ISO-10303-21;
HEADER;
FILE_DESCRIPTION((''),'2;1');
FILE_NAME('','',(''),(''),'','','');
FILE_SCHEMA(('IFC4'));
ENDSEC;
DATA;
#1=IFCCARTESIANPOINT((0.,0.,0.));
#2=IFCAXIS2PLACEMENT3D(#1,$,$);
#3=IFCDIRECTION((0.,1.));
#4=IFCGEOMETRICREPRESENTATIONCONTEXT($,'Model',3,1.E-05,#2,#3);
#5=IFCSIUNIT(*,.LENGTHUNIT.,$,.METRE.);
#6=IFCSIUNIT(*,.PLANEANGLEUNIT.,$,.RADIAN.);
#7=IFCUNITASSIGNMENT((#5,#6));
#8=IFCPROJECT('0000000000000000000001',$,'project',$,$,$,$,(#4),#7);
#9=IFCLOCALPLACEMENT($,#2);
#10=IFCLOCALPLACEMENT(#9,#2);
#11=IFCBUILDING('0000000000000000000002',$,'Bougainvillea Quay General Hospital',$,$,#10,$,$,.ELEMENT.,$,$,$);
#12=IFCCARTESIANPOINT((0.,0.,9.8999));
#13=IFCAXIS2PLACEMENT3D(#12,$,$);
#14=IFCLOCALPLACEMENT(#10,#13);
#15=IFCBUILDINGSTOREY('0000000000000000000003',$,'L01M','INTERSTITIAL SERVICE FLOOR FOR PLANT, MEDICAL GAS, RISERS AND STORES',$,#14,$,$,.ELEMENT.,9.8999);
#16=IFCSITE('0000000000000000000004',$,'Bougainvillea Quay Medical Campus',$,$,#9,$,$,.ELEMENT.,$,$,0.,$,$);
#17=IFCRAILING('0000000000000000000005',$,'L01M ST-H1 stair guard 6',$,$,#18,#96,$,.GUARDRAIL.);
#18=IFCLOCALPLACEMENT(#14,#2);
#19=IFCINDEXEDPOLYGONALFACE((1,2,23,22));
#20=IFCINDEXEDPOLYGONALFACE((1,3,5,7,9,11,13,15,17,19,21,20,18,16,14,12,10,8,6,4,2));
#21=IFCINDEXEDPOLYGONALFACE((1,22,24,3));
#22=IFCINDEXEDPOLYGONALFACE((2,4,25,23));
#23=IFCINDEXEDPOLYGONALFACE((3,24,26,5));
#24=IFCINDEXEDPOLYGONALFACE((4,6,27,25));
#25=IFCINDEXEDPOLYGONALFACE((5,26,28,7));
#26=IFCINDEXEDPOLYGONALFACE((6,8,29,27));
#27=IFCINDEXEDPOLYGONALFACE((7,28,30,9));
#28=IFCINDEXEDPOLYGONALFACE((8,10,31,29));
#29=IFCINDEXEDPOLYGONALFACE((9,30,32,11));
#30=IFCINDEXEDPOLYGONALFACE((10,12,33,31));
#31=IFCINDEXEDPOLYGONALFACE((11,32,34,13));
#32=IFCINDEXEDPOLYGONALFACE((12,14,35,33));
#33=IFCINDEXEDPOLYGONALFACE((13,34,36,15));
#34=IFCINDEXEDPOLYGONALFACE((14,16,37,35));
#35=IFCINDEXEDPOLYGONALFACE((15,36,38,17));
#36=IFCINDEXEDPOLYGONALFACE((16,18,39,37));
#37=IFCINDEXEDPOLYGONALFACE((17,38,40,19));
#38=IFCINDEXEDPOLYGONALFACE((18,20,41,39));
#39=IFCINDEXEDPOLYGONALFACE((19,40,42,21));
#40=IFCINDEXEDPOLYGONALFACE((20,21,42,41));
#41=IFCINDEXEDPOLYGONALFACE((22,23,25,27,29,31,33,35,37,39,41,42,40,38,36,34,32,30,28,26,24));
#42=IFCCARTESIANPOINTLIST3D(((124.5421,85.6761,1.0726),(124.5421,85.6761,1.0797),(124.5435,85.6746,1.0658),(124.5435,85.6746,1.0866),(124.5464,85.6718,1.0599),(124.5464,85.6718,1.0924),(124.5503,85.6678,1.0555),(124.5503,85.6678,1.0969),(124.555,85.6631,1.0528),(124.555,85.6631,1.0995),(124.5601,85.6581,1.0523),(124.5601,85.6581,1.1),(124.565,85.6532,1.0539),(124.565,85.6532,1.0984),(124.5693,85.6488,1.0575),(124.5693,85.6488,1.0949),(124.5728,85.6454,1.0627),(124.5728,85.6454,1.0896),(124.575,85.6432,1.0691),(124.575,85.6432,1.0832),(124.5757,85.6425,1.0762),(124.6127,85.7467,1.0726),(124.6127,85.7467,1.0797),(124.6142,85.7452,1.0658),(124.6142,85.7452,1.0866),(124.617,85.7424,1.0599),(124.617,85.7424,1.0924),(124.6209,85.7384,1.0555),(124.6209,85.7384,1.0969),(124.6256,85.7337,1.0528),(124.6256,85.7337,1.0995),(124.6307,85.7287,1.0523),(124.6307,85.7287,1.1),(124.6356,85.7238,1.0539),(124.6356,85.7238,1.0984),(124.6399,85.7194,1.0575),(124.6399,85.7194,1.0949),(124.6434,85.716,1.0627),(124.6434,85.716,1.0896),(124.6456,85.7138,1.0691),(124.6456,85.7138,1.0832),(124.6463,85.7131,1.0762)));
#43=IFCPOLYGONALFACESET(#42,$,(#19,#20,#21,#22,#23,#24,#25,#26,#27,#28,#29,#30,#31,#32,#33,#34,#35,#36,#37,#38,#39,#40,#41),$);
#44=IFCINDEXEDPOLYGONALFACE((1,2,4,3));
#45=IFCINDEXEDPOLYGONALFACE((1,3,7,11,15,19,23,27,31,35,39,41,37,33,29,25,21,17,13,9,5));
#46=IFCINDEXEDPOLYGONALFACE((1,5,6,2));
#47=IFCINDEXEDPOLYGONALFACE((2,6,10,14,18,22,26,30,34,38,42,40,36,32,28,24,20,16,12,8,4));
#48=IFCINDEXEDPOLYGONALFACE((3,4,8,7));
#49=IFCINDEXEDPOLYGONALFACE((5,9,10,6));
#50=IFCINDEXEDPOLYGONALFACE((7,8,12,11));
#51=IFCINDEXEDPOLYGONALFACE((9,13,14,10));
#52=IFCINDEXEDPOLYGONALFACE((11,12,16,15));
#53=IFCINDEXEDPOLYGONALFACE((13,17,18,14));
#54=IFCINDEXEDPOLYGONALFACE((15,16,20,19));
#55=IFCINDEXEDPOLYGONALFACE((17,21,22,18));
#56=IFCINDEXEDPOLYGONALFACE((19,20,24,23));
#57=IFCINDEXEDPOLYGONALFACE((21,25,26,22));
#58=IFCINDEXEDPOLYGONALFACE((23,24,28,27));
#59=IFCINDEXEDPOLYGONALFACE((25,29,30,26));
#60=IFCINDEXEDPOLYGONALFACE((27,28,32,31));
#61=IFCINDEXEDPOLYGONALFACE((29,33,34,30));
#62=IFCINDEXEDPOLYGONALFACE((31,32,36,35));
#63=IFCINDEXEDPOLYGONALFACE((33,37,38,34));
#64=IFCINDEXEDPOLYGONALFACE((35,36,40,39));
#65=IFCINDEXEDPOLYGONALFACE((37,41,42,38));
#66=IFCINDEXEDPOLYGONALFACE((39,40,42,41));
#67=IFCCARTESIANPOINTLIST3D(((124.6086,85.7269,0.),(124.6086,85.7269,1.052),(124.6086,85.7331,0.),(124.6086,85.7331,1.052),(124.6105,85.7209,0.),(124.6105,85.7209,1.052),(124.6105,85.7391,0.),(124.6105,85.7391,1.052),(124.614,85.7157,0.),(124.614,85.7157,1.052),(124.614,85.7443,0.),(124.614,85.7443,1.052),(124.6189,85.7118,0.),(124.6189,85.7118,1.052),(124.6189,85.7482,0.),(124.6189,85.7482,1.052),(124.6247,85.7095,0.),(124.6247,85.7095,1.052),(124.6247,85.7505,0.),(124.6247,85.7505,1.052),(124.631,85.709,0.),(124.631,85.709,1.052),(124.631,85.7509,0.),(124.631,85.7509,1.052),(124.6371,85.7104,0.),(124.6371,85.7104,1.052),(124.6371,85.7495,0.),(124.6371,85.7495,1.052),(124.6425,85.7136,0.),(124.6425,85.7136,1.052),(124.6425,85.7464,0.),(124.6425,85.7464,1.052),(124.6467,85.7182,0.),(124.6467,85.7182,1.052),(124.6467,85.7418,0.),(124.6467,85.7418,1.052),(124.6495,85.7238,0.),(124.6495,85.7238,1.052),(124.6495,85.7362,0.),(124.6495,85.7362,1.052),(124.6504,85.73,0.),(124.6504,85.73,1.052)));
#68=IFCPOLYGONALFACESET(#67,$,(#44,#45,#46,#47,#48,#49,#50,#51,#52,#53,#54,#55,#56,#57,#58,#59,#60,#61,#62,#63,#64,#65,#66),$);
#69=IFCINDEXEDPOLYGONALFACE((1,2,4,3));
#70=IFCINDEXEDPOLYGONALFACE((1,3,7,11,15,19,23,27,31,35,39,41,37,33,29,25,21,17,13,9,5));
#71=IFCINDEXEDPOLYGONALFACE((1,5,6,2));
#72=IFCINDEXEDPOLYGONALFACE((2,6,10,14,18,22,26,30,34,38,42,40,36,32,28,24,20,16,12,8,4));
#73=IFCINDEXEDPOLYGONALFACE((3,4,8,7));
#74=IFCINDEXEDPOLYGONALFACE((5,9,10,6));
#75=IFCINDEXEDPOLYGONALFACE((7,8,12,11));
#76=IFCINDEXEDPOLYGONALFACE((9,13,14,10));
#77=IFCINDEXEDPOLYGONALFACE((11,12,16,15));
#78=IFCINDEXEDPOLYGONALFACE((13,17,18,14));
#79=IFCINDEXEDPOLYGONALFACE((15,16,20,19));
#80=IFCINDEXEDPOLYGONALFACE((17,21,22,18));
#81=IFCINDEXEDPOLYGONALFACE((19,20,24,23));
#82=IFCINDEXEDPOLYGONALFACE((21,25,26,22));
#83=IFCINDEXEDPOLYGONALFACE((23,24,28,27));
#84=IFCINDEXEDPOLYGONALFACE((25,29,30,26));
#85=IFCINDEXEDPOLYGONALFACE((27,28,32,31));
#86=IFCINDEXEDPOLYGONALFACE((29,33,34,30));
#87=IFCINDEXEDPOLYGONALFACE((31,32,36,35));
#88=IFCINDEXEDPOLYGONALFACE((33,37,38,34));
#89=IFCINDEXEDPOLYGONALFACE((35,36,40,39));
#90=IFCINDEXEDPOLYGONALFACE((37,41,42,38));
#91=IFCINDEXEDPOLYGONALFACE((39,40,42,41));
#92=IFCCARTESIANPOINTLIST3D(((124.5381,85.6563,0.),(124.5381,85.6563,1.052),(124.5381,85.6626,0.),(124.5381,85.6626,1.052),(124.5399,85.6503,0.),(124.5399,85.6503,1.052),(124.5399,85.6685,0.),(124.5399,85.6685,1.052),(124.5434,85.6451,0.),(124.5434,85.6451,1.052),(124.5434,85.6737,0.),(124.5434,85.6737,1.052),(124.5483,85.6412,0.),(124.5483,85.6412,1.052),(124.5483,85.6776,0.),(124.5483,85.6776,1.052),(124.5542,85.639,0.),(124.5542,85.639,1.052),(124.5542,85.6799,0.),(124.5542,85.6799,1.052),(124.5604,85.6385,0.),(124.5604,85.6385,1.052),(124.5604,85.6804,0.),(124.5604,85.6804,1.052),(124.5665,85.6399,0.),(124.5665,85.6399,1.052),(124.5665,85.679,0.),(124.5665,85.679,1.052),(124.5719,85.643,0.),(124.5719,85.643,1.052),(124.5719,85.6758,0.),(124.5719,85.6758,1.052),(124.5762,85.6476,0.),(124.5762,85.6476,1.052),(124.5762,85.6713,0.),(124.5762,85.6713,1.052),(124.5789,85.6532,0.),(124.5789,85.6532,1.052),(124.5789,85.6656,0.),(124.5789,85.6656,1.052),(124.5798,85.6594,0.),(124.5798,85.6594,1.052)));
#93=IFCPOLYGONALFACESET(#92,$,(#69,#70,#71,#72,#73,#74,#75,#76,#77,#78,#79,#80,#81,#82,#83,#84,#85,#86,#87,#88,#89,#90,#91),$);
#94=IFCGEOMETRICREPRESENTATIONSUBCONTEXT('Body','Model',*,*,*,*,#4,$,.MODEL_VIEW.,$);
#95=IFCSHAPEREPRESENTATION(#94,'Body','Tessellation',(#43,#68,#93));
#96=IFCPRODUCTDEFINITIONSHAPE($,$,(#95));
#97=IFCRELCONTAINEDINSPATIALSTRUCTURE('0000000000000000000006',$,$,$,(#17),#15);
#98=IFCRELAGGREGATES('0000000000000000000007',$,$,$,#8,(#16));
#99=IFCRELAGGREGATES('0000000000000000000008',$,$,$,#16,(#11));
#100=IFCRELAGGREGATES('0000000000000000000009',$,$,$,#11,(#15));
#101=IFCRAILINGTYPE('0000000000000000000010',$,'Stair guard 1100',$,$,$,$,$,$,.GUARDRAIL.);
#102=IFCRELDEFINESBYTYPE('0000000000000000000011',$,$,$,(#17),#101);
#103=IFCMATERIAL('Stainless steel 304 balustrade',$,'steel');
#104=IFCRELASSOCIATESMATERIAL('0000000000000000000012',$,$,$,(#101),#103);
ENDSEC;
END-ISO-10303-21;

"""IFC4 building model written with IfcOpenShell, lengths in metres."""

from ifc_helpers import new_model, si_unit, direction, frame, origin, origin_2d, place, context, subcontext, project, spatial, circle, extrude, material, type_object, element, save


model = new_model("IFC4")

# Units and contexts
model_context = context("Model", 3, precision=1e-05, world=origin(), true_north=direction((0.0, 1.0)))
body_context = subcontext(model_context, "Body", "Model", "MODEL_VIEW")
ifc_project = project(units=[si_unit("LENGTHUNIT", "METRE"), si_unit("PLANEANGLEUNIT", "RADIAN")], contexts=[model_context])

# Site, building, storey
site_placement = place(None, origin())
site = spatial("IfcSite", under=ifc_project, at=site_placement, Name="Bougainvillea Quay Medical Campus", CompositionType="ELEMENT", RefElevation=0.0)
building_placement = place(site_placement, origin())
building = spatial("IfcBuilding", under=site, at=building_placement, Name="Bougainvillea Quay General Hospital", CompositionType="ELEMENT")
storey_placement = place(building_placement, frame((0.0, 0.0, 9.8999)))
storey = spatial("IfcBuildingStorey", under=building, at=storey_placement, Name="L01M", Description="INTERSTITIAL SERVICE FLOOR FOR PLANT, MEDICAL GAS, RISERS AND STORES", CompositionType="ELEMENT", Elevation=9.8999)

# Railing
ifc_material_1 = material(Name="Stainless steel 304 balustrade", Category="steel")
railing_type_1 = type_object("IfcRailingType", Name="Stair guard 1100", PredefinedType="GUARDRAIL", material=ifc_material_1)
railing_1_placement = place(storey_placement, frame((124.6294, 85.73, 0.0)))
element("IfcRailing", 1, at=railing_1_placement, inside=storey, type_object=railing_type_1, Name="L01M ST-H1 stair guard 6", PredefinedType="GUARDRAIL", context=body_context, shape_type="SweptSolid", body=[
    extrude(circle(Radius=0.0239, at=origin_2d()), frame((0.0, 0.0, 1.0762), z_axis=(-0.707107, -0.707107, 0.0), x_axis=(0.707107, -0.707107, 0.0)), (0.0, 0.0, 1.0), 0.0999),
    extrude(circle(Radius=0.021, at=origin_2d()), origin(), (0.0, 0.0, 1.0), 1.052),
    extrude(circle(Radius=0.021, at=origin_2d()), frame((-0.0706, -0.0706, 0.0)), (0.0, 0.0, 1.0), 1.052),
])

save(model, "model.ifc")
